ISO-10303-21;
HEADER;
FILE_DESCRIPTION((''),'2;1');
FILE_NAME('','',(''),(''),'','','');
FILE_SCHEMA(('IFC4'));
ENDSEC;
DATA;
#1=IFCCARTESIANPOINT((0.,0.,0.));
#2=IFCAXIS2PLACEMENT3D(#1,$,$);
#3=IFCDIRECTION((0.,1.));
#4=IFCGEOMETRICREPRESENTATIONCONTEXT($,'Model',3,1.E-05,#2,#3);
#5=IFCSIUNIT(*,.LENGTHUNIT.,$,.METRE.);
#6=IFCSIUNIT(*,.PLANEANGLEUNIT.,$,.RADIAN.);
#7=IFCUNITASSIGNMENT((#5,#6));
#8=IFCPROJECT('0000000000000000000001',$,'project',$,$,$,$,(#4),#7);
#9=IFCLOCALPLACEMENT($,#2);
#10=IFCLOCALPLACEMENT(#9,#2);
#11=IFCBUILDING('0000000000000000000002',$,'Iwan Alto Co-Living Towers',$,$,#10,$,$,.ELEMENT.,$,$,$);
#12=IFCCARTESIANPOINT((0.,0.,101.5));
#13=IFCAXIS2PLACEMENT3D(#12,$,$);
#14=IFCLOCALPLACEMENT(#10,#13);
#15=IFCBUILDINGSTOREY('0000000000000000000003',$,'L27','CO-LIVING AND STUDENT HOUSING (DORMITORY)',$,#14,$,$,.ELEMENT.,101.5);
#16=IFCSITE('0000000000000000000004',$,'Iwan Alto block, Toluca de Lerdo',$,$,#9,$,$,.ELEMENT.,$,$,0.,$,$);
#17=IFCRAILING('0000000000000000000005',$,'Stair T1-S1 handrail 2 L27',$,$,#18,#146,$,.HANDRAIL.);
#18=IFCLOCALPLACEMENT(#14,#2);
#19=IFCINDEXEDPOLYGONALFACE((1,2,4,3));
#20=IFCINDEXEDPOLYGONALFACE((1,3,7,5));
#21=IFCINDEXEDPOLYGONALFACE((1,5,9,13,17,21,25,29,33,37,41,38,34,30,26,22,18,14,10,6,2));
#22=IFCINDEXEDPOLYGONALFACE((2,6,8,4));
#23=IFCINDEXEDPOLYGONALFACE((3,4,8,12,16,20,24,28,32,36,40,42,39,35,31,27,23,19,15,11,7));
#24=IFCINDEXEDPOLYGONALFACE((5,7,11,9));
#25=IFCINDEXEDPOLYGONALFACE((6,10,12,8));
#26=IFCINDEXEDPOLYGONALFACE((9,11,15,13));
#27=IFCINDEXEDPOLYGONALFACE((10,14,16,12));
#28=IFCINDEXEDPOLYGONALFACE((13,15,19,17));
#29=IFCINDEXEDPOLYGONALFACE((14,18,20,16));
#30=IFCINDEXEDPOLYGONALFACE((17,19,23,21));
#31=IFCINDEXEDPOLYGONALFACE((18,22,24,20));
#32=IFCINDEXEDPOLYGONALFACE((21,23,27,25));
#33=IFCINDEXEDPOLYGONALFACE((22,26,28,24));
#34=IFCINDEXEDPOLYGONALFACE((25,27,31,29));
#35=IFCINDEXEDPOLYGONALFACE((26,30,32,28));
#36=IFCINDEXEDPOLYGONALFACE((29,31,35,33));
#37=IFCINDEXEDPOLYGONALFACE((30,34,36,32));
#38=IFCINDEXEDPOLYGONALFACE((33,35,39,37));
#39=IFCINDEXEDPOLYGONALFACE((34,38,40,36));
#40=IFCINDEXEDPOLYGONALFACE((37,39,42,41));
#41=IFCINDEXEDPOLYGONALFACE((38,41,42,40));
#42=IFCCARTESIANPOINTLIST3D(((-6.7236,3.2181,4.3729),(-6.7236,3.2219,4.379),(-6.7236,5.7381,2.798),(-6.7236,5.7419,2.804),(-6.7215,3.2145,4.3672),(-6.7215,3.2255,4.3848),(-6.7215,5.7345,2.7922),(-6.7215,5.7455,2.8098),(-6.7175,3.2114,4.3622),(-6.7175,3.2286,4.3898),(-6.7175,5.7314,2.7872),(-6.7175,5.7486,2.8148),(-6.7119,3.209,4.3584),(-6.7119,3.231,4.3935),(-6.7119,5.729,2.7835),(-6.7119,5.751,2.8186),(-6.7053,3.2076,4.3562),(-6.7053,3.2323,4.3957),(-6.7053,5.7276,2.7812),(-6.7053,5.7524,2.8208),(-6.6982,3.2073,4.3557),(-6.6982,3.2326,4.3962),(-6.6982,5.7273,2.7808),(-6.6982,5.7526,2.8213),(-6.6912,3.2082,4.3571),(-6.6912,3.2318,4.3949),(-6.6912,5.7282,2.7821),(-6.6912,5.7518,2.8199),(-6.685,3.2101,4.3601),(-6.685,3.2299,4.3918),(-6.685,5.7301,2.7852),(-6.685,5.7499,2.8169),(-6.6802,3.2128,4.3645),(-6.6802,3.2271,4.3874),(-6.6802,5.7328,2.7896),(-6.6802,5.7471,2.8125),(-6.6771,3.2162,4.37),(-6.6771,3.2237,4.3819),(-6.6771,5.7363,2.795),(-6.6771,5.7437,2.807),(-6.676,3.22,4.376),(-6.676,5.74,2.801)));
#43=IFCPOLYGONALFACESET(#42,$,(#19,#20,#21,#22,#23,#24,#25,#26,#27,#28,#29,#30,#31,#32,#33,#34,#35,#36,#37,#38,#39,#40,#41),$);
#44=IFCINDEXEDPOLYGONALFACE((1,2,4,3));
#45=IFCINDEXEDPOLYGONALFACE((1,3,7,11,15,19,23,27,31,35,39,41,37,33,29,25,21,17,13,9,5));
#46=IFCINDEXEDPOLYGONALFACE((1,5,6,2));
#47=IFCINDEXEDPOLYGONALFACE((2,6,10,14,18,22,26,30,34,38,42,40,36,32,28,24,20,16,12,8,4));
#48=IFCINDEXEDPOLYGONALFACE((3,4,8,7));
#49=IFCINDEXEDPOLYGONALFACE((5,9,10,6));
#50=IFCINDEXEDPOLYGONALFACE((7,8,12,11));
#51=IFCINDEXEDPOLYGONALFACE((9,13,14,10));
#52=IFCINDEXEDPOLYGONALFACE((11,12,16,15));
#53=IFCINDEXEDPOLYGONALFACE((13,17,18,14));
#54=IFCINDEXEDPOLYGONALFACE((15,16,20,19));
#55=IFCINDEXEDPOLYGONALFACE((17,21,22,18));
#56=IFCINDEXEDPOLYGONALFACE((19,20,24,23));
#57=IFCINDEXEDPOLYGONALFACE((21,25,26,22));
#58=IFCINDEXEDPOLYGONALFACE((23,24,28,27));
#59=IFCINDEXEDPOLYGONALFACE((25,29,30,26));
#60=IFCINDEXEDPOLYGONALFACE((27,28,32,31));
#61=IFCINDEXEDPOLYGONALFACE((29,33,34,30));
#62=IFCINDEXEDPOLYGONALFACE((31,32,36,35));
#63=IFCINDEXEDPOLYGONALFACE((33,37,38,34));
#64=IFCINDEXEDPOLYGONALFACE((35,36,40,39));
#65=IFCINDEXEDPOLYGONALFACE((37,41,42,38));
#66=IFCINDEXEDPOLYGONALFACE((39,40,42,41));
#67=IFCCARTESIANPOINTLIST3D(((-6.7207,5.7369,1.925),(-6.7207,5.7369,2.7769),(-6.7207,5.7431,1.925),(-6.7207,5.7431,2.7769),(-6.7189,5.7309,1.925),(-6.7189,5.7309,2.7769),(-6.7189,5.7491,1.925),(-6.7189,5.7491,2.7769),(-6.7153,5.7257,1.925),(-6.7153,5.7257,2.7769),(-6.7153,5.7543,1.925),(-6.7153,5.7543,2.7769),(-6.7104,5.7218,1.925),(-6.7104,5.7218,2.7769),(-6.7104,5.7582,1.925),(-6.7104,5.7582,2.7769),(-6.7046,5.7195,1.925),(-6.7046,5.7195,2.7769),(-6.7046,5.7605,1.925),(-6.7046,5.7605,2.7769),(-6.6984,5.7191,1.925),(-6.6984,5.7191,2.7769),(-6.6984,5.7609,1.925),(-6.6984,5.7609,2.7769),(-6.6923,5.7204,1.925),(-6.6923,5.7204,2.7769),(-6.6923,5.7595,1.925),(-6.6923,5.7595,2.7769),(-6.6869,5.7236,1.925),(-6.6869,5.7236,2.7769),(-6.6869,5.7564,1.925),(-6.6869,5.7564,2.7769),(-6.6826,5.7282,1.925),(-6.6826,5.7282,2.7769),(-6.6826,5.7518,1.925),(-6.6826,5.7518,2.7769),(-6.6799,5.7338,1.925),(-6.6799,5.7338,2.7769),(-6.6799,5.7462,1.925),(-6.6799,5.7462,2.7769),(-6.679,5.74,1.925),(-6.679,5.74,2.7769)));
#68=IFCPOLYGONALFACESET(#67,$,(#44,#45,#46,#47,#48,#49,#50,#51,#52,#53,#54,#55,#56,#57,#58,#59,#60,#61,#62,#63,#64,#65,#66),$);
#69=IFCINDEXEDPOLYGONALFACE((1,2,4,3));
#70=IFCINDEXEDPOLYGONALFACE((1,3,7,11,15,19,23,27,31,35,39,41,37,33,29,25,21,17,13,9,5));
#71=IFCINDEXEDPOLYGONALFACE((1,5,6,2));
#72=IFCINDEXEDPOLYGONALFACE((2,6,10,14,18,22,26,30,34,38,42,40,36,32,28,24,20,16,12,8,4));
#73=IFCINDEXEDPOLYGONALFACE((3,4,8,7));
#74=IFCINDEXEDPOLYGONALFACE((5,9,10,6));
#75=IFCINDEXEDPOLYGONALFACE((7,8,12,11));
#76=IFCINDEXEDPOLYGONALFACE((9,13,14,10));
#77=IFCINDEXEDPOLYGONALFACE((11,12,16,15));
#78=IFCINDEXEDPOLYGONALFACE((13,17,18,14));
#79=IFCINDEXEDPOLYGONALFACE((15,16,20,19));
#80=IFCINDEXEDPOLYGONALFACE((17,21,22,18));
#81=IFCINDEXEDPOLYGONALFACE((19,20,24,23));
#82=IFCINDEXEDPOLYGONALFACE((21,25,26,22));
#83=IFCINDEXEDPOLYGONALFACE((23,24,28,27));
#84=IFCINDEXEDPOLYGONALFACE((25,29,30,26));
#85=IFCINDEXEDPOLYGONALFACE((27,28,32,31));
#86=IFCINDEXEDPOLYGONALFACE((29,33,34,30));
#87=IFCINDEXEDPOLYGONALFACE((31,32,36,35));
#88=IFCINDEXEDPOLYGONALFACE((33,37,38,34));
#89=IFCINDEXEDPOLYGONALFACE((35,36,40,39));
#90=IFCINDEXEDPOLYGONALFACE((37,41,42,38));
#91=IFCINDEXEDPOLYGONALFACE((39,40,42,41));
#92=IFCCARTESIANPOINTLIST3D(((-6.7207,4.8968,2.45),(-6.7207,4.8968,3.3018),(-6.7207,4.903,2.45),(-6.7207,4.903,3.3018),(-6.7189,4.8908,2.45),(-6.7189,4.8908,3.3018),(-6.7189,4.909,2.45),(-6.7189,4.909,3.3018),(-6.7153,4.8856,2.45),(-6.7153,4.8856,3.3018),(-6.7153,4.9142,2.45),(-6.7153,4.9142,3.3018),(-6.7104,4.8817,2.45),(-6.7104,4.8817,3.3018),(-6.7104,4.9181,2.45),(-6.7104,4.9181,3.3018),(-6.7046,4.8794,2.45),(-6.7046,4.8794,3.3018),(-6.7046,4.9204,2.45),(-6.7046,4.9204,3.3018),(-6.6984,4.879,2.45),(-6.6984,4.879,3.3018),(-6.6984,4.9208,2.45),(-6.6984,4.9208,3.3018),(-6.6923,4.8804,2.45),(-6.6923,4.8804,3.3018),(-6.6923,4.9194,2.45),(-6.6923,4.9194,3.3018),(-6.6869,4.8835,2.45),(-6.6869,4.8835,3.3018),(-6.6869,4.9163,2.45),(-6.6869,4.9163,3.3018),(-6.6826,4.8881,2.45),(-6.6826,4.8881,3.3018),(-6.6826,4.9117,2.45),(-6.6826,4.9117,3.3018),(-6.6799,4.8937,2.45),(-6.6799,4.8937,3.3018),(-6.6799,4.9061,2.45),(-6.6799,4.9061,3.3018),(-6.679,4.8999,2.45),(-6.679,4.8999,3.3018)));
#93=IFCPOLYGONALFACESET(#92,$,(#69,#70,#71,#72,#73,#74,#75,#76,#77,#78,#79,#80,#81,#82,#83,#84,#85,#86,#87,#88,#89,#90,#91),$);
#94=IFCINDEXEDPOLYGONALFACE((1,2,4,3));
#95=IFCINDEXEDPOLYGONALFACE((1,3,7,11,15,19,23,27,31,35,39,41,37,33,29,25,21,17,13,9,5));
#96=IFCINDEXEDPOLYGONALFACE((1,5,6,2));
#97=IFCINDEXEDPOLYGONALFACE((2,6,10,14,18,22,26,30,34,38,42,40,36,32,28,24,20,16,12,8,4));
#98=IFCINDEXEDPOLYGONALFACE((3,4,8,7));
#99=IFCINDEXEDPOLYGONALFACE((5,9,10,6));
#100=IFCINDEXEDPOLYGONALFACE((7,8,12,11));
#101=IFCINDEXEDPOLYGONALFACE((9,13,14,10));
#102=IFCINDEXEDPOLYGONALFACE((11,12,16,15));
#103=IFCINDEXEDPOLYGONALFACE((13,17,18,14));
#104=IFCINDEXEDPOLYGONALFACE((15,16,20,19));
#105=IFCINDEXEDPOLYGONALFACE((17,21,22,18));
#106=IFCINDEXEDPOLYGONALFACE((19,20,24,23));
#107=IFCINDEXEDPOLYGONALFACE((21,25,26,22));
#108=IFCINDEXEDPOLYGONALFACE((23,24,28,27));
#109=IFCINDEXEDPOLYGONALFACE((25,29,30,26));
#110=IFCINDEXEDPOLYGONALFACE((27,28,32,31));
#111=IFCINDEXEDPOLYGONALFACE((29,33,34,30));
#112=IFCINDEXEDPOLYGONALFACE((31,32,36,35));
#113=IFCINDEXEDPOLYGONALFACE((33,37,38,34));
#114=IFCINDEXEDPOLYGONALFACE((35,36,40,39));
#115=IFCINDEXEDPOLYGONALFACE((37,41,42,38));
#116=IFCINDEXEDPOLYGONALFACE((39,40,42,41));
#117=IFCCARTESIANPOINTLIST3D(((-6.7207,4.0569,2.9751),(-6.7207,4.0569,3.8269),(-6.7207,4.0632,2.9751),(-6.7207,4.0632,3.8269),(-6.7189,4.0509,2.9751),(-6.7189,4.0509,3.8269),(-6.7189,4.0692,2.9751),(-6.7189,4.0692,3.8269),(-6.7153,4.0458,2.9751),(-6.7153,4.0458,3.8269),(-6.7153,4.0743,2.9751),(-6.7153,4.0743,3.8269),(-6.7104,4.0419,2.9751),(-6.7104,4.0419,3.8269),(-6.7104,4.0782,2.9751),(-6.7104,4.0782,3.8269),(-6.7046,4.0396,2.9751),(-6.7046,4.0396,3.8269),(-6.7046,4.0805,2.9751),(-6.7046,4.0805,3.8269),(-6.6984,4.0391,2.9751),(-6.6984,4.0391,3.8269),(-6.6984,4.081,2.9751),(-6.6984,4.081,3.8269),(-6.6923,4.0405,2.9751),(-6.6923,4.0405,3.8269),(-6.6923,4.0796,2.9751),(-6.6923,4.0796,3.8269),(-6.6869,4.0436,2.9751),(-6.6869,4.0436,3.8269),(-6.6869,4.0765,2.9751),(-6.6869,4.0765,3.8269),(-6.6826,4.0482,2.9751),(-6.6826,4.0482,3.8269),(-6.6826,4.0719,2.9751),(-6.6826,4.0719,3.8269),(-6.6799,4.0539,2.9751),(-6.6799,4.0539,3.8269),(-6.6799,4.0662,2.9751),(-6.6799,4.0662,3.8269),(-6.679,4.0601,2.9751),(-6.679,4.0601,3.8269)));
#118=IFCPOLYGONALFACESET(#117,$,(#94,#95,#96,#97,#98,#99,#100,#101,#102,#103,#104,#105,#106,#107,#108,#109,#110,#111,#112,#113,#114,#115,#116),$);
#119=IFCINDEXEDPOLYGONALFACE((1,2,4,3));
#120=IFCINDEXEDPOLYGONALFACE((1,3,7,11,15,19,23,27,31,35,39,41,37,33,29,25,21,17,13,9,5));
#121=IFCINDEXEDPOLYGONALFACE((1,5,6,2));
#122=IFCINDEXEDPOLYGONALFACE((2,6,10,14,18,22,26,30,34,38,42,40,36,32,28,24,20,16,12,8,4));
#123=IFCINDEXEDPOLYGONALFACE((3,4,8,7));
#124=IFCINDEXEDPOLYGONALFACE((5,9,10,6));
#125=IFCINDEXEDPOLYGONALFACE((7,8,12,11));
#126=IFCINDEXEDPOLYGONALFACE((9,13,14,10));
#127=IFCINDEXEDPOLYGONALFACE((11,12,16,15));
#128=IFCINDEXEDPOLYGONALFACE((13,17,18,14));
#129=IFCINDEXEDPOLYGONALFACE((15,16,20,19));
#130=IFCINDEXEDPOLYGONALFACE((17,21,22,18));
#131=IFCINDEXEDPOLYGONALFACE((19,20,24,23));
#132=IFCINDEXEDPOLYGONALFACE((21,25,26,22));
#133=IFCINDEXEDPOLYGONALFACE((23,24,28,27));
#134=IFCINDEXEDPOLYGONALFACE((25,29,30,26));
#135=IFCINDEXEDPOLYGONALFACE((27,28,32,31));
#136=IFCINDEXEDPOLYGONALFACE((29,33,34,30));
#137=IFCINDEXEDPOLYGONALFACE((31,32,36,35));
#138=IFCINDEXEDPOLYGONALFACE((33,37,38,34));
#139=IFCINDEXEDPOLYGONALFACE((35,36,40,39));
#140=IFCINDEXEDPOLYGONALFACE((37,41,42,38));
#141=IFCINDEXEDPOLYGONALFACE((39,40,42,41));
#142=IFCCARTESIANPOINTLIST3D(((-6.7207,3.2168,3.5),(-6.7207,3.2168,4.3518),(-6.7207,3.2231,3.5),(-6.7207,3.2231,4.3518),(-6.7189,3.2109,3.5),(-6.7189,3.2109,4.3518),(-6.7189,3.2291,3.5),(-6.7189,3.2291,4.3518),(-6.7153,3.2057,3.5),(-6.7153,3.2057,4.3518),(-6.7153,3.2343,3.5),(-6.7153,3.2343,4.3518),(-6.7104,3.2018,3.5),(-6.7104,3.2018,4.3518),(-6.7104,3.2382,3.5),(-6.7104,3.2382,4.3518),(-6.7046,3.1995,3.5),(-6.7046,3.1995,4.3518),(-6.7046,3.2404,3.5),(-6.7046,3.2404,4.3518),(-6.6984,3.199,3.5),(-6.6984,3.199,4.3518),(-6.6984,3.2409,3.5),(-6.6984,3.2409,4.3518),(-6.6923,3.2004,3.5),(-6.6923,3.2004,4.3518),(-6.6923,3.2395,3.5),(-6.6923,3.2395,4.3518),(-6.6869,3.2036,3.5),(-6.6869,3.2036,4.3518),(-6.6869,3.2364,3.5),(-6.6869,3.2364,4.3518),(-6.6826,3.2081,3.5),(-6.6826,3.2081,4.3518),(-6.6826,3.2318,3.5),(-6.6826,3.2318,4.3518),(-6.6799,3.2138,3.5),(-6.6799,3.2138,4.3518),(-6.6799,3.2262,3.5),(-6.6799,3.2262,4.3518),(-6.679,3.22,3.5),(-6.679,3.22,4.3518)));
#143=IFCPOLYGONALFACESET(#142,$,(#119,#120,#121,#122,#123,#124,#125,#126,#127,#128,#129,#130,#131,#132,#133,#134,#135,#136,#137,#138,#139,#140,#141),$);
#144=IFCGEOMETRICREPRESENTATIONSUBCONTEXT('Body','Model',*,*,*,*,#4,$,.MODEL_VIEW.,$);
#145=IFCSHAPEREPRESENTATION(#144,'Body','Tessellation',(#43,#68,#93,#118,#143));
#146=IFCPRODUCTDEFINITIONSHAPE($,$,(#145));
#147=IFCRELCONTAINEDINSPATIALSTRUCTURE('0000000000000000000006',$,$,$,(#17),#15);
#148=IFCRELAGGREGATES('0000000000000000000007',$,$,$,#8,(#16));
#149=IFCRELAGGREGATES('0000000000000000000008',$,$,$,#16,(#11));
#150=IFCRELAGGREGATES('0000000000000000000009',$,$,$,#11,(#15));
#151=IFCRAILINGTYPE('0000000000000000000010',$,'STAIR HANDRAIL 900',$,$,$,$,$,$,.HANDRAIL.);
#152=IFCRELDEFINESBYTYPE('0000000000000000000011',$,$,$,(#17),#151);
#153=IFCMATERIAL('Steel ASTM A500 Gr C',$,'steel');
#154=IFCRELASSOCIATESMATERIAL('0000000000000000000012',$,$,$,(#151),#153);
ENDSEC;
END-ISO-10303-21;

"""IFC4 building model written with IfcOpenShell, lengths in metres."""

from ifc_helpers import new_model, si_unit, direction, frame, origin, origin_2d, place, context, subcontext, project, spatial, circle, extrude, material, type_object, element, save


model = new_model("IFC4")

# Units and contexts
model_context = context("Model", 3, precision=1e-05, world=origin(), true_north=direction((0.0, 1.0)))
body_context = subcontext(model_context, "Body", "Model", "MODEL_VIEW")
ifc_project = project(units=[si_unit("LENGTHUNIT", "METRE"), si_unit("PLANEANGLEUNIT", "RADIAN")], contexts=[model_context])

# Site, building, storey
site_placement = place(None, origin())
site = spatial("IfcSite", under=ifc_project, at=site_placement, Name="Iwan Alto block, Toluca de Lerdo", CompositionType="ELEMENT", RefElevation=0.0)
building_placement = place(site_placement, origin())
building = spatial("IfcBuilding", under=site, at=building_placement, Name="Iwan Alto Co-Living Towers", CompositionType="ELEMENT")
storey_placement = place(building_placement, frame((0.0, 0.0, 101.5)))
storey = spatial("IfcBuildingStorey", under=building, at=storey_placement, Name="L27", Description="CO-LIVING AND STUDENT HOUSING (DORMITORY)", CompositionType="ELEMENT", Elevation=101.5)

# Railing
ifc_material_1 = material(Name="Steel ASTM A500 Gr C", Category="steel")
railing_type_1 = type_object("IfcRailingType", Name="STAIR HANDRAIL 900", PredefinedType="HANDRAIL", material=ifc_material_1)
railing_1_placement = place(storey_placement, frame((-6.7, 5.74, 1.925)))
element("IfcRailing", 1, at=railing_1_placement, inside=storey, type_object=railing_type_1, Name="Stair T1-S1 handrail 2 L27", PredefinedType="HANDRAIL", context=body_context, shape_type="SweptSolid", body=[
    extrude(circle(Radius=0.0239, at=origin_2d()), frame((0.0, 0.0, 0.876), z_axis=(0.0, -0.848008, 0.529984), x_axis=(1.0, 0.0, 0.0)), (0.0, 0.0, 1.0), 2.9717),
    extrude(circle(Radius=0.021, at=origin_2d()), origin(), (0.0, 0.0, 1.0), 0.8518),
    extrude(circle(Radius=0.021, at=origin_2d()), frame((0.0, -0.8401, 0.5249)), (0.0, 0.0, 1.0), 0.8518),
    extrude(circle(Radius=0.021, at=origin_2d()), frame((0.0, -1.6799, 1.05)), (0.0, 0.0, 1.0), 0.8518),
    extrude(circle(Radius=0.021, at=origin_2d()), frame((0.0, -2.52, 1.575)), (0.0, 0.0, 1.0), 0.8518),
])

save(model, "model.ifc")
